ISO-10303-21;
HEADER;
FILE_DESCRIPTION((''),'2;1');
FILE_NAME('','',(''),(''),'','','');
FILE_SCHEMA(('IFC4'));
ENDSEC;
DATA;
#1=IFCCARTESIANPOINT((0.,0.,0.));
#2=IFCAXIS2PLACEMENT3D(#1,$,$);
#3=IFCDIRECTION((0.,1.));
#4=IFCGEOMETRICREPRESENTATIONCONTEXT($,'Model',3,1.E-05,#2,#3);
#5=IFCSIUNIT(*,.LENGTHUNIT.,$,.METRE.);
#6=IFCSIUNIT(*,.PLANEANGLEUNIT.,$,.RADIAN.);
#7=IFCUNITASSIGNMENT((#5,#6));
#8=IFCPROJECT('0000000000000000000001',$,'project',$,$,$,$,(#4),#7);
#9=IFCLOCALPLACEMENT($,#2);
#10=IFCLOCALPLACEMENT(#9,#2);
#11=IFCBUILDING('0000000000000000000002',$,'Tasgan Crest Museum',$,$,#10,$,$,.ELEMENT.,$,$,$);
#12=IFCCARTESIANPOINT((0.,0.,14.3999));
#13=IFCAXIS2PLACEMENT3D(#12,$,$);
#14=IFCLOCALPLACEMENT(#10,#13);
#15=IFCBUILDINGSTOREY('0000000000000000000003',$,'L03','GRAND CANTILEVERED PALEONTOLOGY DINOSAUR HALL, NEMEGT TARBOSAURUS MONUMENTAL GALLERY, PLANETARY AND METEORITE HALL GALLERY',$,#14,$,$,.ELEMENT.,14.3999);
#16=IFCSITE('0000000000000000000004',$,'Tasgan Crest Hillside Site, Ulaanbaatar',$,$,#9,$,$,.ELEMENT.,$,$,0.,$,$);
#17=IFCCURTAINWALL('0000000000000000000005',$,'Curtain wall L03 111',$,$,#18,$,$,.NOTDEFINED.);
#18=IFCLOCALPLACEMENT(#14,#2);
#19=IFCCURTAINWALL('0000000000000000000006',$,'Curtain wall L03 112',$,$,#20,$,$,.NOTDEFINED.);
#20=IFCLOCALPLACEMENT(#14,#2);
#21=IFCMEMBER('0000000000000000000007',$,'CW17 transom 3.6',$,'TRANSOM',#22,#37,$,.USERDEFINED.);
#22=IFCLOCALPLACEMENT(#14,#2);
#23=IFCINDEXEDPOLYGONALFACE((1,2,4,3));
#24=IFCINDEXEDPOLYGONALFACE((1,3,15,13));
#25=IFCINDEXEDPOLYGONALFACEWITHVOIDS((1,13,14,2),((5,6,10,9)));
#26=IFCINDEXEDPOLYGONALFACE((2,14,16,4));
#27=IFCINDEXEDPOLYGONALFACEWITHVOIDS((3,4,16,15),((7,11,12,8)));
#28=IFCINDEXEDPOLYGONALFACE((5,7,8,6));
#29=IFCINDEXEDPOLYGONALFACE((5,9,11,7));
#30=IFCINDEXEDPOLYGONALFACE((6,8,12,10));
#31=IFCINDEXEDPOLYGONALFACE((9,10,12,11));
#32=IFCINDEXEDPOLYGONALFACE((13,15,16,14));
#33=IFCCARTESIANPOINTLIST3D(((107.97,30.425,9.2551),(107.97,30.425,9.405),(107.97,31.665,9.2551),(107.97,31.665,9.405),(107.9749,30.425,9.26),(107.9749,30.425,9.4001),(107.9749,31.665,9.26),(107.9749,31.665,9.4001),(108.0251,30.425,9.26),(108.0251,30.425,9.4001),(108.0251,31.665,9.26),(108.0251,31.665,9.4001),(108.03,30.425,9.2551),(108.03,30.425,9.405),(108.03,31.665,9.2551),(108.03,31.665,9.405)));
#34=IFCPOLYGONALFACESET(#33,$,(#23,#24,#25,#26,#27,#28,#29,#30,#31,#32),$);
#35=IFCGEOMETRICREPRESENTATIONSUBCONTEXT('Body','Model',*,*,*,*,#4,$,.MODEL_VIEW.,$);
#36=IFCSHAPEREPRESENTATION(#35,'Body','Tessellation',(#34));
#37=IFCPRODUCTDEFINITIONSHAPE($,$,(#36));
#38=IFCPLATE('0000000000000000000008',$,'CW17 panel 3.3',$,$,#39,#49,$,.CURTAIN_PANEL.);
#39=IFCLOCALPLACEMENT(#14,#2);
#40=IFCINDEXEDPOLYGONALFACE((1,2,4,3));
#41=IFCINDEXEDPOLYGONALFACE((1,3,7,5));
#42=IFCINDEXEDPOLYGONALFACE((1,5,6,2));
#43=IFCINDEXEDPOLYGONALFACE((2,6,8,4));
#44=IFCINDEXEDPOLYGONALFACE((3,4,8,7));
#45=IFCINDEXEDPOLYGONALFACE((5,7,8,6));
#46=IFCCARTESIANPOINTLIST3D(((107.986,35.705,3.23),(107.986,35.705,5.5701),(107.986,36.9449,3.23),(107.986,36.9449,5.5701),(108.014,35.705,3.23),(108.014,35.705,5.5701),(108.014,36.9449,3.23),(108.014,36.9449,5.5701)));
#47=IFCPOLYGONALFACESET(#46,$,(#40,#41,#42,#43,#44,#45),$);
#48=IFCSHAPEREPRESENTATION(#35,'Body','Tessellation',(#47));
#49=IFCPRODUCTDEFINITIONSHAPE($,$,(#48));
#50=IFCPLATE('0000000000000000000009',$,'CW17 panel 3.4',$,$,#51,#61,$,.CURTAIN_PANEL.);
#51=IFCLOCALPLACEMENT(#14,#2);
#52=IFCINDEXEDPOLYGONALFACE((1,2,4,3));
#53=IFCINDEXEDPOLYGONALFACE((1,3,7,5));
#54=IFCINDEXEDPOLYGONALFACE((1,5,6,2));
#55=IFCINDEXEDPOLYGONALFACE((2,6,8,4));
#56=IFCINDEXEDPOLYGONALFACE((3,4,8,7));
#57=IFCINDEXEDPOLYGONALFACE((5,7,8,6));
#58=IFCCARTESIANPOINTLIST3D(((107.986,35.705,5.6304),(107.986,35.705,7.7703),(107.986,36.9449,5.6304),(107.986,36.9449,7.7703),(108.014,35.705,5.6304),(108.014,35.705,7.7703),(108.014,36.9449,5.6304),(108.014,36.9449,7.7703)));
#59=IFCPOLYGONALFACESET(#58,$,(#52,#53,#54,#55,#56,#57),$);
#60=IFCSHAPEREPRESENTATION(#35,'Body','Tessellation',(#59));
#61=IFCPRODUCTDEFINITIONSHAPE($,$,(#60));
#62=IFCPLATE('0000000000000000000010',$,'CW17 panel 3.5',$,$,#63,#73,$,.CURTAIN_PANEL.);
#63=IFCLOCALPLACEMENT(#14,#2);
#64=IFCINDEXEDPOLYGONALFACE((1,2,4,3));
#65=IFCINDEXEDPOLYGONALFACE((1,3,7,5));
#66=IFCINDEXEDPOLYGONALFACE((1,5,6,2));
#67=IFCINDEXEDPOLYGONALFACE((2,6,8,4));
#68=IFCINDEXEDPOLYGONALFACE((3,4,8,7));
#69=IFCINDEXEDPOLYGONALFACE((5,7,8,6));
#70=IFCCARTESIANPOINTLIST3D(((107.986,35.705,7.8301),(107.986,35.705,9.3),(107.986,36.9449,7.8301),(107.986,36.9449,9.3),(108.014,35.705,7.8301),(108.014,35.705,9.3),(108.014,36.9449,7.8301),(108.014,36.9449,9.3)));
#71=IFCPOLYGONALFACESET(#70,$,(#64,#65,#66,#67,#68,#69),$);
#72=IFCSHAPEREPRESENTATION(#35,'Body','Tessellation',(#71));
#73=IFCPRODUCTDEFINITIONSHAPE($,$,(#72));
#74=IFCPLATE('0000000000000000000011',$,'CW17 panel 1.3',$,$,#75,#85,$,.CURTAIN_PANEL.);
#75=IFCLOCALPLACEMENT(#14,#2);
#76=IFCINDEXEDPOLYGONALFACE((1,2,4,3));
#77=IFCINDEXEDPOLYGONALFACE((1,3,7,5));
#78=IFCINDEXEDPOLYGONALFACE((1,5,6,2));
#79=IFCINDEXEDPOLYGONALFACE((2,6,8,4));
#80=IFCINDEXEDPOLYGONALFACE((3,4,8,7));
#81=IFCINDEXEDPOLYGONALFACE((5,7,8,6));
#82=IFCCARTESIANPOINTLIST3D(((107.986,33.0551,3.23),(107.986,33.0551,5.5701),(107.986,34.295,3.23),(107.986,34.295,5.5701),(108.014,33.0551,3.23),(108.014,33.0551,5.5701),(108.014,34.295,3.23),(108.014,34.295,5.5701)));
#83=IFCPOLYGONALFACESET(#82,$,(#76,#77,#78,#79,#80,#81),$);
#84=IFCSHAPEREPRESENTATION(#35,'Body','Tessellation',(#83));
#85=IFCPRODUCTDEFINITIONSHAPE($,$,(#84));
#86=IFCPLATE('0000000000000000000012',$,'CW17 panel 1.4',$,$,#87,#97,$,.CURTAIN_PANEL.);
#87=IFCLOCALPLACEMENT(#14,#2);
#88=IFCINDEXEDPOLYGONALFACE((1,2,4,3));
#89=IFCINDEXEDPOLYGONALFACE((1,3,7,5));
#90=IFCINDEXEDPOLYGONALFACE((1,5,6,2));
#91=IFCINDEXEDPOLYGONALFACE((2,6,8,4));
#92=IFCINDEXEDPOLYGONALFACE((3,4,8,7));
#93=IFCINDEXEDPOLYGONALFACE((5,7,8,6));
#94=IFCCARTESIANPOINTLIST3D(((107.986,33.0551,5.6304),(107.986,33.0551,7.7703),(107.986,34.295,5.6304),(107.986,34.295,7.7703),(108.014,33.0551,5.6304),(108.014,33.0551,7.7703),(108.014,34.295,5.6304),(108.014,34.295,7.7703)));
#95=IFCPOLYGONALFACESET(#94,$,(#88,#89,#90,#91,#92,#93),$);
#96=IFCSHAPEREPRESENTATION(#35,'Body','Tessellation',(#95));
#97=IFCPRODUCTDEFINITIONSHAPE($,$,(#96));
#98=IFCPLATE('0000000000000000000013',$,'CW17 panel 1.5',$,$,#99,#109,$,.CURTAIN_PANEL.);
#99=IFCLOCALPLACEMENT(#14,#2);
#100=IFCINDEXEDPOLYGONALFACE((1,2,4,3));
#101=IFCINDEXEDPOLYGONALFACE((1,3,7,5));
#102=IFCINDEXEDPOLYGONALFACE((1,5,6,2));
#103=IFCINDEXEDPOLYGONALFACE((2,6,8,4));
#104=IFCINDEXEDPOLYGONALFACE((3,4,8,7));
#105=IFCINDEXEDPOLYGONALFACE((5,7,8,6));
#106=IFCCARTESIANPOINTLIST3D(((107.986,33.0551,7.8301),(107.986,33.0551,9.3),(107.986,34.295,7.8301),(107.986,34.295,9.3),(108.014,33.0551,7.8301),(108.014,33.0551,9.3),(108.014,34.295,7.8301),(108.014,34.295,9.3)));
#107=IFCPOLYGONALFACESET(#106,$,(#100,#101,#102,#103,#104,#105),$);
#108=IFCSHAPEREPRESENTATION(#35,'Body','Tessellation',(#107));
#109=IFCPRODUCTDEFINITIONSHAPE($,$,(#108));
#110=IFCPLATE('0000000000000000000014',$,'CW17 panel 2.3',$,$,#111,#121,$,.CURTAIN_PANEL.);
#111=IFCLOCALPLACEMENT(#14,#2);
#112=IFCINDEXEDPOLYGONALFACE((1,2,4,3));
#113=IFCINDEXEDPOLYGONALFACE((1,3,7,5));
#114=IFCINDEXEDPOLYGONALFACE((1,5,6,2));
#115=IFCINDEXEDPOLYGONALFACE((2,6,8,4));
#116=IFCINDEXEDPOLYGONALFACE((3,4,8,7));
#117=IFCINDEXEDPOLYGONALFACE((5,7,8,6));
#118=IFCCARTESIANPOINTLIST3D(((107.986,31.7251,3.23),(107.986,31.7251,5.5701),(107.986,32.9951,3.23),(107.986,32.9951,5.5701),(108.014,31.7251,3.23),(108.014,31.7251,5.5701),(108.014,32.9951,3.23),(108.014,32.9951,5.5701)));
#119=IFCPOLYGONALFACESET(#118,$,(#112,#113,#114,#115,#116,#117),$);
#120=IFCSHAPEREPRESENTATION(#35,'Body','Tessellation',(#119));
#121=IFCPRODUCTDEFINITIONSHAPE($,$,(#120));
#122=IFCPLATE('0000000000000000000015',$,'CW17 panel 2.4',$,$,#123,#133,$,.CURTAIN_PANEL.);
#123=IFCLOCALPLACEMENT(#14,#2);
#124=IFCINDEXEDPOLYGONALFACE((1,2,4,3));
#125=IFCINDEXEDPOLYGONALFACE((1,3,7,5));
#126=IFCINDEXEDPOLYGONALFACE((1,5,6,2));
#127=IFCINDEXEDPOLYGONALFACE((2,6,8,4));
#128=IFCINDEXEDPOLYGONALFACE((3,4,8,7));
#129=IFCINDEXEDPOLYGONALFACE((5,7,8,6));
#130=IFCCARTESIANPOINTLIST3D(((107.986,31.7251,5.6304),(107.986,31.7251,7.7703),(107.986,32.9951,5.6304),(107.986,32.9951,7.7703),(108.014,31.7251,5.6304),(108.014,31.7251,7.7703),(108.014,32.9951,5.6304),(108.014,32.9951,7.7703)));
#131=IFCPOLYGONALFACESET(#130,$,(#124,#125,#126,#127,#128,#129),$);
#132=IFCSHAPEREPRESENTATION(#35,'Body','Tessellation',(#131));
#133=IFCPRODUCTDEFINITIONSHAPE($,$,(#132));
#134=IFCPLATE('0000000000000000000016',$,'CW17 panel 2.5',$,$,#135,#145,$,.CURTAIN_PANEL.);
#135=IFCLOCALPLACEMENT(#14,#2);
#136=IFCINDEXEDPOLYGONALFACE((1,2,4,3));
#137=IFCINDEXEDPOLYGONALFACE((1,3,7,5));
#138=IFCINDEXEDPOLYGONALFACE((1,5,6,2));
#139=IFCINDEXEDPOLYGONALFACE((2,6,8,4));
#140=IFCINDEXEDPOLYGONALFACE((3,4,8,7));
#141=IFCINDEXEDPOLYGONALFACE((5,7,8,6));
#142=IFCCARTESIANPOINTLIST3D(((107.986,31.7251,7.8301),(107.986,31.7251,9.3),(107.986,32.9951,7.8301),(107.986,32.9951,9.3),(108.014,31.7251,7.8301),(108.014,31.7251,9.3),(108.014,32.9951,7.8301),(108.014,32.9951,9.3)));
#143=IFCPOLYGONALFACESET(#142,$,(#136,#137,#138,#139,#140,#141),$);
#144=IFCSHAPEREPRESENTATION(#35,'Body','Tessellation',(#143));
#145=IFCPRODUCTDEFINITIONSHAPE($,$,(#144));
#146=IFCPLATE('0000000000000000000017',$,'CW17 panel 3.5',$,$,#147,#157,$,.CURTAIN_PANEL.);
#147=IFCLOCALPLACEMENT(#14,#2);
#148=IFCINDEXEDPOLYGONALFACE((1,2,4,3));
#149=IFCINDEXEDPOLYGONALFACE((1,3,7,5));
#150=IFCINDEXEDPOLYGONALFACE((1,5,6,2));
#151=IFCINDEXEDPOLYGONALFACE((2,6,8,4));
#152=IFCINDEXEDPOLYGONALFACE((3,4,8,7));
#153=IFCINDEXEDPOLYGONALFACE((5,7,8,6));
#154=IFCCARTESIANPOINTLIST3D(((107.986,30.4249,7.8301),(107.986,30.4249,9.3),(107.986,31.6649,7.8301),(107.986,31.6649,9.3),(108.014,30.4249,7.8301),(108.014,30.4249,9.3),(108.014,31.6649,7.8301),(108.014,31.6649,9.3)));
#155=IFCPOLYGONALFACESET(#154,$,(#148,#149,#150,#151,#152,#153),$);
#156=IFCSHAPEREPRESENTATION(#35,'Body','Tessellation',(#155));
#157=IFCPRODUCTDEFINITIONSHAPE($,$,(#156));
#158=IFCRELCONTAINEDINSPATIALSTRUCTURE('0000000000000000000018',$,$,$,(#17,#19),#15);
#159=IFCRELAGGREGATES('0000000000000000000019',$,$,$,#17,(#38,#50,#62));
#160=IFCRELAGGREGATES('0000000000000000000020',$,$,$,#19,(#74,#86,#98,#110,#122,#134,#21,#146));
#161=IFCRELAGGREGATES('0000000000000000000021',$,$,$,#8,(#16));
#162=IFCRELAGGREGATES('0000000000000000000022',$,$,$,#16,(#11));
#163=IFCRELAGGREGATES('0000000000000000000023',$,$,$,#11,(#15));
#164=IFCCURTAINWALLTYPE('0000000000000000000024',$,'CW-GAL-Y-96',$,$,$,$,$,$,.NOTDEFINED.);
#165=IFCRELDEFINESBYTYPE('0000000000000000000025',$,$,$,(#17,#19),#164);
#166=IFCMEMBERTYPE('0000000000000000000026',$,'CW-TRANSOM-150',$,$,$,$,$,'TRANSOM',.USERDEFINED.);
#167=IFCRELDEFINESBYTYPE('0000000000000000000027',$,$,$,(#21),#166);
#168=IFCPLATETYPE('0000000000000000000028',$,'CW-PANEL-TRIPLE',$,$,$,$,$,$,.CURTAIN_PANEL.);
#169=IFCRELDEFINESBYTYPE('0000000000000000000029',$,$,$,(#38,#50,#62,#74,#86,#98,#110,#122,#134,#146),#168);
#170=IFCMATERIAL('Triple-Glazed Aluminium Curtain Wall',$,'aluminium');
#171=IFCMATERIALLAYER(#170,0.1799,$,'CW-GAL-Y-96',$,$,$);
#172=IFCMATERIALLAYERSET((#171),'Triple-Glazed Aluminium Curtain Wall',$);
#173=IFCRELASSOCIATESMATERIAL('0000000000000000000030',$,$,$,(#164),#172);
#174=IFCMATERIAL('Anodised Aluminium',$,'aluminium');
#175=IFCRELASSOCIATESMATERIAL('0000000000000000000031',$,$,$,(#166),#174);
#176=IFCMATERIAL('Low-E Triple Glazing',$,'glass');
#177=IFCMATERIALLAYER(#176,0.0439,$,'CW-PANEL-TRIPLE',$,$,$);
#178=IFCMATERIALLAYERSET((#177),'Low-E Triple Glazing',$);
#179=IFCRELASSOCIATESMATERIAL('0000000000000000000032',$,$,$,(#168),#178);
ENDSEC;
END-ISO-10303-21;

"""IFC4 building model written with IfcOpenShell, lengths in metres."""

from ifc_helpers import new_model, si_unit, direction, frame, origin, origin_2d, place, context, subcontext, project, spatial, rectangle, hollow_rectangle, extrude, material, layer, layer_set, material_profile, profile_set, type_object, element, aggregate, save


model = new_model("IFC4")

# Units and contexts
model_context = context("Model", 3, precision=1e-05, world=origin(), true_north=direction((0.0, 1.0)))
body_context = subcontext(model_context, "Body", "Model", "MODEL_VIEW")
ifc_project = project(units=[si_unit("LENGTHUNIT", "METRE"), si_unit("PLANEANGLEUNIT", "RADIAN")], contexts=[model_context])

# Site, building, storey
site_placement = place(None, origin())
site = spatial("IfcSite", under=ifc_project, at=site_placement, Name="Tasgan Crest Hillside Site, Ulaanbaatar", CompositionType="ELEMENT", RefElevation=0.0)
building_placement = place(site_placement, origin())
building = spatial("IfcBuilding", under=site, at=building_placement, Name="Tasgan Crest Museum", CompositionType="ELEMENT")
storey_placement = place(building_placement, frame((0.0, 0.0, 14.3999)))
storey = spatial("IfcBuildingStorey", under=building, at=storey_placement, Name="L03", Description="GRAND CANTILEVERED PALEONTOLOGY DINOSAUR HALL, NEMEGT TARBOSAURUS MONUMENTAL GALLERY, PLANETARY AND METEORITE HALL GALLERY", CompositionType="ELEMENT", Elevation=14.3999)

# Curtain walls, member
ifc_material_1 = material(Name="Triple-Glazed Aluminium Curtain Wall", Category="aluminium")
ifc_layer_1 = layer(ifc_material_1, 0.1799, Name="CW-GAL-Y-96")
ifc_layer_set_1 = layer_set([ifc_layer_1], Name="Triple-Glazed Aluminium Curtain Wall")
curtain_wall_type = type_object("IfcCurtainWallType", Name="CW-GAL-Y-96", PredefinedType="NOTDEFINED", material=ifc_layer_set_1)
curtain_wall_1_placement = place(storey_placement, origin())
curtain_wall_1 = element("IfcCurtainWall", 1, at=curtain_wall_1_placement, inside=storey, type_object=curtain_wall_type, Name="Curtain wall L03 111", PredefinedType="NOTDEFINED")
ifc_material_2 = material(Name="Anodised Aluminium", Category="aluminium")
ifc_material_profile = material_profile(ifc_material_2, hollow_rectangle(XDim=0.0601, YDim=0.1499, WallThickness=0.0049, at=origin_2d()), Name="ALU TRANSOM 150x60x5")
ifc_profile_set = profile_set([ifc_material_profile], Name="Anodised Aluminium")
member_type = type_object("IfcMemberType", Name="CW-TRANSOM-150", ElementType="TRANSOM", PredefinedType="USERDEFINED", material=ifc_profile_set)
curtain_wall_2_placement = place(storey_placement, origin())
curtain_wall_2 = element("IfcCurtainWall", 2, at=curtain_wall_2_placement, inside=storey, type_object=curtain_wall_type, Name="Curtain wall L03 112", PredefinedType="NOTDEFINED")
member_1_placement = place(storey_placement, frame((108.0, 31.665, 9.3301), z_axis=(0.0, -1.0, 0.0), x_axis=(1.0, 0.0, 0.0)))
member_1 = element("IfcMember", 3, at=member_1_placement, type_object=member_type, Name="CW17 transom 3.6", ObjectType="TRANSOM", PredefinedType="USERDEFINED", context=body_context, shape_type="SweptSolid", body=[
    extrude(hollow_rectangle(XDim=0.0601, YDim=0.1499, WallThickness=0.0049, at=origin_2d()), origin(), (0.0, 0.0, 1.0), 1.24),
])

# Plates
ifc_material_3 = material(Name="Low-E Triple Glazing", Category="glass")
ifc_layer_2 = layer(ifc_material_3, 0.0439, Name="CW-PANEL-TRIPLE")
ifc_layer_set_2 = layer_set([ifc_layer_2], Name="Low-E Triple Glazing")
plate_type = type_object("IfcPlateType", Name="CW-PANEL-TRIPLE", PredefinedType="CURTAIN_PANEL", material=ifc_layer_set_2)
plate_1_placement = place(storey_placement, frame((108.0, 36.325, 3.23), z_axis=(0.0, 0.0, 1.0), x_axis=(0.0, -1.0, 0.0)))
plate_1 = element("IfcPlate", 4, at=plate_1_placement, type_object=plate_type, Name="CW17 panel 3.3", PredefinedType="CURTAIN_PANEL", context=body_context, shape_type="SweptSolid", body=[
    extrude(rectangle(XDim=1.24, YDim=0.0281, at=origin_2d()), origin(), (0.0, 0.0, 1.0), 2.3401),
])
plate_2_placement = place(storey_placement, frame((108.0, 36.325, 5.6304), z_axis=(0.0, 0.0, 1.0), x_axis=(0.0, -1.0, 0.0)))
plate_2 = element("IfcPlate", 5, at=plate_2_placement, type_object=plate_type, Name="CW17 panel 3.4", PredefinedType="CURTAIN_PANEL", context=body_context, shape_type="SweptSolid", body=[
    extrude(rectangle(XDim=1.24, YDim=0.0281, at=origin_2d()), origin(), (0.0, 0.0, 1.0), 2.1399),
])
plate_3_placement = place(storey_placement, frame((108.0, 36.325, 7.8301), z_axis=(0.0, 0.0, 1.0), x_axis=(0.0, -1.0, 0.0)))
plate_3 = element("IfcPlate", 6, at=plate_3_placement, type_object=plate_type, Name="CW17 panel 3.5", PredefinedType="CURTAIN_PANEL", context=body_context, shape_type="SweptSolid", body=[
    extrude(rectangle(XDim=1.24, YDim=0.0281, at=origin_2d()), origin(), (0.0, 0.0, 1.0), 1.47),
])
aggregate(curtain_wall_1, [plate_1, plate_2, plate_3])
plate_4_placement = place(storey_placement, frame((108.0, 33.675, 3.23), z_axis=(0.0, 0.0, 1.0), x_axis=(0.0, -1.0, 0.0)))
plate_4 = element("IfcPlate", 7, at=plate_4_placement, type_object=plate_type, Name="CW17 panel 1.3", PredefinedType="CURTAIN_PANEL", context=body_context, shape_type="SweptSolid", body=[
    extrude(rectangle(XDim=1.24, YDim=0.0281, at=origin_2d()), origin(), (0.0, 0.0, 1.0), 2.3401),
])
plate_5_placement = place(storey_placement, frame((108.0, 33.675, 5.6304), z_axis=(0.0, 0.0, 1.0), x_axis=(0.0, -1.0, 0.0)))
plate_5 = element("IfcPlate", 8, at=plate_5_placement, type_object=plate_type, Name="CW17 panel 1.4", PredefinedType="CURTAIN_PANEL", context=body_context, shape_type="SweptSolid", body=[
    extrude(rectangle(XDim=1.24, YDim=0.0281, at=origin_2d()), origin(), (0.0, 0.0, 1.0), 2.1399),
])
plate_6_placement = place(storey_placement, frame((108.0, 33.675, 7.8301), z_axis=(0.0, 0.0, 1.0), x_axis=(0.0, -1.0, 0.0)))
plate_6 = element("IfcPlate", 9, at=plate_6_placement, type_object=plate_type, Name="CW17 panel 1.5", PredefinedType="CURTAIN_PANEL", context=body_context, shape_type="SweptSolid", body=[
    extrude(rectangle(XDim=1.24, YDim=0.0281, at=origin_2d()), origin(), (0.0, 0.0, 1.0), 1.47),
])
plate_7_placement = place(storey_placement, frame((108.0, 32.3601, 3.23), z_axis=(0.0, 0.0, 1.0), x_axis=(0.0, -1.0, 0.0)))
plate_7 = element("IfcPlate", 10, at=plate_7_placement, type_object=plate_type, Name="CW17 panel 2.3", PredefinedType="CURTAIN_PANEL", context=body_context, shape_type="SweptSolid", body=[
    extrude(rectangle(XDim=1.27, YDim=0.0281, at=origin_2d()), origin(), (0.0, 0.0, 1.0), 2.3401),
])
plate_8_placement = place(storey_placement, frame((108.0, 32.3601, 5.6304), z_axis=(0.0, 0.0, 1.0), x_axis=(0.0, -1.0, 0.0)))
plate_8 = element("IfcPlate", 11, at=plate_8_placement, type_object=plate_type, Name="CW17 panel 2.4", PredefinedType="CURTAIN_PANEL", context=body_context, shape_type="SweptSolid", body=[
    extrude(rectangle(XDim=1.27, YDim=0.0281, at=origin_2d()), origin(), (0.0, 0.0, 1.0), 2.1399),
])
plate_9_placement = place(storey_placement, frame((108.0, 32.3601, 7.8301), z_axis=(0.0, 0.0, 1.0), x_axis=(0.0, -1.0, 0.0)))
plate_9 = element("IfcPlate", 12, at=plate_9_placement, type_object=plate_type, Name="CW17 panel 2.5", PredefinedType="CURTAIN_PANEL", context=body_context, shape_type="SweptSolid", body=[
    extrude(rectangle(XDim=1.27, YDim=0.0281, at=origin_2d()), origin(), (0.0, 0.0, 1.0), 1.47),
])
plate_10_placement = place(storey_placement, frame((108.0, 31.0449, 7.8301), z_axis=(0.0, 0.0, 1.0), x_axis=(0.0, -1.0, 0.0)))
plate_10 = element("IfcPlate", 13, at=plate_10_placement, type_object=plate_type, Name="CW17 panel 3.5", PredefinedType="CURTAIN_PANEL", context=body_context, shape_type="SweptSolid", body=[
    extrude(rectangle(XDim=1.24, YDim=0.0281, at=origin_2d()), origin(), (0.0, 0.0, 1.0), 1.47),
])
aggregate(curtain_wall_2, [plate_4, plate_5, plate_6, plate_7, plate_8, plate_9, member_1, plate_10])

save(model, "model.ifc")
